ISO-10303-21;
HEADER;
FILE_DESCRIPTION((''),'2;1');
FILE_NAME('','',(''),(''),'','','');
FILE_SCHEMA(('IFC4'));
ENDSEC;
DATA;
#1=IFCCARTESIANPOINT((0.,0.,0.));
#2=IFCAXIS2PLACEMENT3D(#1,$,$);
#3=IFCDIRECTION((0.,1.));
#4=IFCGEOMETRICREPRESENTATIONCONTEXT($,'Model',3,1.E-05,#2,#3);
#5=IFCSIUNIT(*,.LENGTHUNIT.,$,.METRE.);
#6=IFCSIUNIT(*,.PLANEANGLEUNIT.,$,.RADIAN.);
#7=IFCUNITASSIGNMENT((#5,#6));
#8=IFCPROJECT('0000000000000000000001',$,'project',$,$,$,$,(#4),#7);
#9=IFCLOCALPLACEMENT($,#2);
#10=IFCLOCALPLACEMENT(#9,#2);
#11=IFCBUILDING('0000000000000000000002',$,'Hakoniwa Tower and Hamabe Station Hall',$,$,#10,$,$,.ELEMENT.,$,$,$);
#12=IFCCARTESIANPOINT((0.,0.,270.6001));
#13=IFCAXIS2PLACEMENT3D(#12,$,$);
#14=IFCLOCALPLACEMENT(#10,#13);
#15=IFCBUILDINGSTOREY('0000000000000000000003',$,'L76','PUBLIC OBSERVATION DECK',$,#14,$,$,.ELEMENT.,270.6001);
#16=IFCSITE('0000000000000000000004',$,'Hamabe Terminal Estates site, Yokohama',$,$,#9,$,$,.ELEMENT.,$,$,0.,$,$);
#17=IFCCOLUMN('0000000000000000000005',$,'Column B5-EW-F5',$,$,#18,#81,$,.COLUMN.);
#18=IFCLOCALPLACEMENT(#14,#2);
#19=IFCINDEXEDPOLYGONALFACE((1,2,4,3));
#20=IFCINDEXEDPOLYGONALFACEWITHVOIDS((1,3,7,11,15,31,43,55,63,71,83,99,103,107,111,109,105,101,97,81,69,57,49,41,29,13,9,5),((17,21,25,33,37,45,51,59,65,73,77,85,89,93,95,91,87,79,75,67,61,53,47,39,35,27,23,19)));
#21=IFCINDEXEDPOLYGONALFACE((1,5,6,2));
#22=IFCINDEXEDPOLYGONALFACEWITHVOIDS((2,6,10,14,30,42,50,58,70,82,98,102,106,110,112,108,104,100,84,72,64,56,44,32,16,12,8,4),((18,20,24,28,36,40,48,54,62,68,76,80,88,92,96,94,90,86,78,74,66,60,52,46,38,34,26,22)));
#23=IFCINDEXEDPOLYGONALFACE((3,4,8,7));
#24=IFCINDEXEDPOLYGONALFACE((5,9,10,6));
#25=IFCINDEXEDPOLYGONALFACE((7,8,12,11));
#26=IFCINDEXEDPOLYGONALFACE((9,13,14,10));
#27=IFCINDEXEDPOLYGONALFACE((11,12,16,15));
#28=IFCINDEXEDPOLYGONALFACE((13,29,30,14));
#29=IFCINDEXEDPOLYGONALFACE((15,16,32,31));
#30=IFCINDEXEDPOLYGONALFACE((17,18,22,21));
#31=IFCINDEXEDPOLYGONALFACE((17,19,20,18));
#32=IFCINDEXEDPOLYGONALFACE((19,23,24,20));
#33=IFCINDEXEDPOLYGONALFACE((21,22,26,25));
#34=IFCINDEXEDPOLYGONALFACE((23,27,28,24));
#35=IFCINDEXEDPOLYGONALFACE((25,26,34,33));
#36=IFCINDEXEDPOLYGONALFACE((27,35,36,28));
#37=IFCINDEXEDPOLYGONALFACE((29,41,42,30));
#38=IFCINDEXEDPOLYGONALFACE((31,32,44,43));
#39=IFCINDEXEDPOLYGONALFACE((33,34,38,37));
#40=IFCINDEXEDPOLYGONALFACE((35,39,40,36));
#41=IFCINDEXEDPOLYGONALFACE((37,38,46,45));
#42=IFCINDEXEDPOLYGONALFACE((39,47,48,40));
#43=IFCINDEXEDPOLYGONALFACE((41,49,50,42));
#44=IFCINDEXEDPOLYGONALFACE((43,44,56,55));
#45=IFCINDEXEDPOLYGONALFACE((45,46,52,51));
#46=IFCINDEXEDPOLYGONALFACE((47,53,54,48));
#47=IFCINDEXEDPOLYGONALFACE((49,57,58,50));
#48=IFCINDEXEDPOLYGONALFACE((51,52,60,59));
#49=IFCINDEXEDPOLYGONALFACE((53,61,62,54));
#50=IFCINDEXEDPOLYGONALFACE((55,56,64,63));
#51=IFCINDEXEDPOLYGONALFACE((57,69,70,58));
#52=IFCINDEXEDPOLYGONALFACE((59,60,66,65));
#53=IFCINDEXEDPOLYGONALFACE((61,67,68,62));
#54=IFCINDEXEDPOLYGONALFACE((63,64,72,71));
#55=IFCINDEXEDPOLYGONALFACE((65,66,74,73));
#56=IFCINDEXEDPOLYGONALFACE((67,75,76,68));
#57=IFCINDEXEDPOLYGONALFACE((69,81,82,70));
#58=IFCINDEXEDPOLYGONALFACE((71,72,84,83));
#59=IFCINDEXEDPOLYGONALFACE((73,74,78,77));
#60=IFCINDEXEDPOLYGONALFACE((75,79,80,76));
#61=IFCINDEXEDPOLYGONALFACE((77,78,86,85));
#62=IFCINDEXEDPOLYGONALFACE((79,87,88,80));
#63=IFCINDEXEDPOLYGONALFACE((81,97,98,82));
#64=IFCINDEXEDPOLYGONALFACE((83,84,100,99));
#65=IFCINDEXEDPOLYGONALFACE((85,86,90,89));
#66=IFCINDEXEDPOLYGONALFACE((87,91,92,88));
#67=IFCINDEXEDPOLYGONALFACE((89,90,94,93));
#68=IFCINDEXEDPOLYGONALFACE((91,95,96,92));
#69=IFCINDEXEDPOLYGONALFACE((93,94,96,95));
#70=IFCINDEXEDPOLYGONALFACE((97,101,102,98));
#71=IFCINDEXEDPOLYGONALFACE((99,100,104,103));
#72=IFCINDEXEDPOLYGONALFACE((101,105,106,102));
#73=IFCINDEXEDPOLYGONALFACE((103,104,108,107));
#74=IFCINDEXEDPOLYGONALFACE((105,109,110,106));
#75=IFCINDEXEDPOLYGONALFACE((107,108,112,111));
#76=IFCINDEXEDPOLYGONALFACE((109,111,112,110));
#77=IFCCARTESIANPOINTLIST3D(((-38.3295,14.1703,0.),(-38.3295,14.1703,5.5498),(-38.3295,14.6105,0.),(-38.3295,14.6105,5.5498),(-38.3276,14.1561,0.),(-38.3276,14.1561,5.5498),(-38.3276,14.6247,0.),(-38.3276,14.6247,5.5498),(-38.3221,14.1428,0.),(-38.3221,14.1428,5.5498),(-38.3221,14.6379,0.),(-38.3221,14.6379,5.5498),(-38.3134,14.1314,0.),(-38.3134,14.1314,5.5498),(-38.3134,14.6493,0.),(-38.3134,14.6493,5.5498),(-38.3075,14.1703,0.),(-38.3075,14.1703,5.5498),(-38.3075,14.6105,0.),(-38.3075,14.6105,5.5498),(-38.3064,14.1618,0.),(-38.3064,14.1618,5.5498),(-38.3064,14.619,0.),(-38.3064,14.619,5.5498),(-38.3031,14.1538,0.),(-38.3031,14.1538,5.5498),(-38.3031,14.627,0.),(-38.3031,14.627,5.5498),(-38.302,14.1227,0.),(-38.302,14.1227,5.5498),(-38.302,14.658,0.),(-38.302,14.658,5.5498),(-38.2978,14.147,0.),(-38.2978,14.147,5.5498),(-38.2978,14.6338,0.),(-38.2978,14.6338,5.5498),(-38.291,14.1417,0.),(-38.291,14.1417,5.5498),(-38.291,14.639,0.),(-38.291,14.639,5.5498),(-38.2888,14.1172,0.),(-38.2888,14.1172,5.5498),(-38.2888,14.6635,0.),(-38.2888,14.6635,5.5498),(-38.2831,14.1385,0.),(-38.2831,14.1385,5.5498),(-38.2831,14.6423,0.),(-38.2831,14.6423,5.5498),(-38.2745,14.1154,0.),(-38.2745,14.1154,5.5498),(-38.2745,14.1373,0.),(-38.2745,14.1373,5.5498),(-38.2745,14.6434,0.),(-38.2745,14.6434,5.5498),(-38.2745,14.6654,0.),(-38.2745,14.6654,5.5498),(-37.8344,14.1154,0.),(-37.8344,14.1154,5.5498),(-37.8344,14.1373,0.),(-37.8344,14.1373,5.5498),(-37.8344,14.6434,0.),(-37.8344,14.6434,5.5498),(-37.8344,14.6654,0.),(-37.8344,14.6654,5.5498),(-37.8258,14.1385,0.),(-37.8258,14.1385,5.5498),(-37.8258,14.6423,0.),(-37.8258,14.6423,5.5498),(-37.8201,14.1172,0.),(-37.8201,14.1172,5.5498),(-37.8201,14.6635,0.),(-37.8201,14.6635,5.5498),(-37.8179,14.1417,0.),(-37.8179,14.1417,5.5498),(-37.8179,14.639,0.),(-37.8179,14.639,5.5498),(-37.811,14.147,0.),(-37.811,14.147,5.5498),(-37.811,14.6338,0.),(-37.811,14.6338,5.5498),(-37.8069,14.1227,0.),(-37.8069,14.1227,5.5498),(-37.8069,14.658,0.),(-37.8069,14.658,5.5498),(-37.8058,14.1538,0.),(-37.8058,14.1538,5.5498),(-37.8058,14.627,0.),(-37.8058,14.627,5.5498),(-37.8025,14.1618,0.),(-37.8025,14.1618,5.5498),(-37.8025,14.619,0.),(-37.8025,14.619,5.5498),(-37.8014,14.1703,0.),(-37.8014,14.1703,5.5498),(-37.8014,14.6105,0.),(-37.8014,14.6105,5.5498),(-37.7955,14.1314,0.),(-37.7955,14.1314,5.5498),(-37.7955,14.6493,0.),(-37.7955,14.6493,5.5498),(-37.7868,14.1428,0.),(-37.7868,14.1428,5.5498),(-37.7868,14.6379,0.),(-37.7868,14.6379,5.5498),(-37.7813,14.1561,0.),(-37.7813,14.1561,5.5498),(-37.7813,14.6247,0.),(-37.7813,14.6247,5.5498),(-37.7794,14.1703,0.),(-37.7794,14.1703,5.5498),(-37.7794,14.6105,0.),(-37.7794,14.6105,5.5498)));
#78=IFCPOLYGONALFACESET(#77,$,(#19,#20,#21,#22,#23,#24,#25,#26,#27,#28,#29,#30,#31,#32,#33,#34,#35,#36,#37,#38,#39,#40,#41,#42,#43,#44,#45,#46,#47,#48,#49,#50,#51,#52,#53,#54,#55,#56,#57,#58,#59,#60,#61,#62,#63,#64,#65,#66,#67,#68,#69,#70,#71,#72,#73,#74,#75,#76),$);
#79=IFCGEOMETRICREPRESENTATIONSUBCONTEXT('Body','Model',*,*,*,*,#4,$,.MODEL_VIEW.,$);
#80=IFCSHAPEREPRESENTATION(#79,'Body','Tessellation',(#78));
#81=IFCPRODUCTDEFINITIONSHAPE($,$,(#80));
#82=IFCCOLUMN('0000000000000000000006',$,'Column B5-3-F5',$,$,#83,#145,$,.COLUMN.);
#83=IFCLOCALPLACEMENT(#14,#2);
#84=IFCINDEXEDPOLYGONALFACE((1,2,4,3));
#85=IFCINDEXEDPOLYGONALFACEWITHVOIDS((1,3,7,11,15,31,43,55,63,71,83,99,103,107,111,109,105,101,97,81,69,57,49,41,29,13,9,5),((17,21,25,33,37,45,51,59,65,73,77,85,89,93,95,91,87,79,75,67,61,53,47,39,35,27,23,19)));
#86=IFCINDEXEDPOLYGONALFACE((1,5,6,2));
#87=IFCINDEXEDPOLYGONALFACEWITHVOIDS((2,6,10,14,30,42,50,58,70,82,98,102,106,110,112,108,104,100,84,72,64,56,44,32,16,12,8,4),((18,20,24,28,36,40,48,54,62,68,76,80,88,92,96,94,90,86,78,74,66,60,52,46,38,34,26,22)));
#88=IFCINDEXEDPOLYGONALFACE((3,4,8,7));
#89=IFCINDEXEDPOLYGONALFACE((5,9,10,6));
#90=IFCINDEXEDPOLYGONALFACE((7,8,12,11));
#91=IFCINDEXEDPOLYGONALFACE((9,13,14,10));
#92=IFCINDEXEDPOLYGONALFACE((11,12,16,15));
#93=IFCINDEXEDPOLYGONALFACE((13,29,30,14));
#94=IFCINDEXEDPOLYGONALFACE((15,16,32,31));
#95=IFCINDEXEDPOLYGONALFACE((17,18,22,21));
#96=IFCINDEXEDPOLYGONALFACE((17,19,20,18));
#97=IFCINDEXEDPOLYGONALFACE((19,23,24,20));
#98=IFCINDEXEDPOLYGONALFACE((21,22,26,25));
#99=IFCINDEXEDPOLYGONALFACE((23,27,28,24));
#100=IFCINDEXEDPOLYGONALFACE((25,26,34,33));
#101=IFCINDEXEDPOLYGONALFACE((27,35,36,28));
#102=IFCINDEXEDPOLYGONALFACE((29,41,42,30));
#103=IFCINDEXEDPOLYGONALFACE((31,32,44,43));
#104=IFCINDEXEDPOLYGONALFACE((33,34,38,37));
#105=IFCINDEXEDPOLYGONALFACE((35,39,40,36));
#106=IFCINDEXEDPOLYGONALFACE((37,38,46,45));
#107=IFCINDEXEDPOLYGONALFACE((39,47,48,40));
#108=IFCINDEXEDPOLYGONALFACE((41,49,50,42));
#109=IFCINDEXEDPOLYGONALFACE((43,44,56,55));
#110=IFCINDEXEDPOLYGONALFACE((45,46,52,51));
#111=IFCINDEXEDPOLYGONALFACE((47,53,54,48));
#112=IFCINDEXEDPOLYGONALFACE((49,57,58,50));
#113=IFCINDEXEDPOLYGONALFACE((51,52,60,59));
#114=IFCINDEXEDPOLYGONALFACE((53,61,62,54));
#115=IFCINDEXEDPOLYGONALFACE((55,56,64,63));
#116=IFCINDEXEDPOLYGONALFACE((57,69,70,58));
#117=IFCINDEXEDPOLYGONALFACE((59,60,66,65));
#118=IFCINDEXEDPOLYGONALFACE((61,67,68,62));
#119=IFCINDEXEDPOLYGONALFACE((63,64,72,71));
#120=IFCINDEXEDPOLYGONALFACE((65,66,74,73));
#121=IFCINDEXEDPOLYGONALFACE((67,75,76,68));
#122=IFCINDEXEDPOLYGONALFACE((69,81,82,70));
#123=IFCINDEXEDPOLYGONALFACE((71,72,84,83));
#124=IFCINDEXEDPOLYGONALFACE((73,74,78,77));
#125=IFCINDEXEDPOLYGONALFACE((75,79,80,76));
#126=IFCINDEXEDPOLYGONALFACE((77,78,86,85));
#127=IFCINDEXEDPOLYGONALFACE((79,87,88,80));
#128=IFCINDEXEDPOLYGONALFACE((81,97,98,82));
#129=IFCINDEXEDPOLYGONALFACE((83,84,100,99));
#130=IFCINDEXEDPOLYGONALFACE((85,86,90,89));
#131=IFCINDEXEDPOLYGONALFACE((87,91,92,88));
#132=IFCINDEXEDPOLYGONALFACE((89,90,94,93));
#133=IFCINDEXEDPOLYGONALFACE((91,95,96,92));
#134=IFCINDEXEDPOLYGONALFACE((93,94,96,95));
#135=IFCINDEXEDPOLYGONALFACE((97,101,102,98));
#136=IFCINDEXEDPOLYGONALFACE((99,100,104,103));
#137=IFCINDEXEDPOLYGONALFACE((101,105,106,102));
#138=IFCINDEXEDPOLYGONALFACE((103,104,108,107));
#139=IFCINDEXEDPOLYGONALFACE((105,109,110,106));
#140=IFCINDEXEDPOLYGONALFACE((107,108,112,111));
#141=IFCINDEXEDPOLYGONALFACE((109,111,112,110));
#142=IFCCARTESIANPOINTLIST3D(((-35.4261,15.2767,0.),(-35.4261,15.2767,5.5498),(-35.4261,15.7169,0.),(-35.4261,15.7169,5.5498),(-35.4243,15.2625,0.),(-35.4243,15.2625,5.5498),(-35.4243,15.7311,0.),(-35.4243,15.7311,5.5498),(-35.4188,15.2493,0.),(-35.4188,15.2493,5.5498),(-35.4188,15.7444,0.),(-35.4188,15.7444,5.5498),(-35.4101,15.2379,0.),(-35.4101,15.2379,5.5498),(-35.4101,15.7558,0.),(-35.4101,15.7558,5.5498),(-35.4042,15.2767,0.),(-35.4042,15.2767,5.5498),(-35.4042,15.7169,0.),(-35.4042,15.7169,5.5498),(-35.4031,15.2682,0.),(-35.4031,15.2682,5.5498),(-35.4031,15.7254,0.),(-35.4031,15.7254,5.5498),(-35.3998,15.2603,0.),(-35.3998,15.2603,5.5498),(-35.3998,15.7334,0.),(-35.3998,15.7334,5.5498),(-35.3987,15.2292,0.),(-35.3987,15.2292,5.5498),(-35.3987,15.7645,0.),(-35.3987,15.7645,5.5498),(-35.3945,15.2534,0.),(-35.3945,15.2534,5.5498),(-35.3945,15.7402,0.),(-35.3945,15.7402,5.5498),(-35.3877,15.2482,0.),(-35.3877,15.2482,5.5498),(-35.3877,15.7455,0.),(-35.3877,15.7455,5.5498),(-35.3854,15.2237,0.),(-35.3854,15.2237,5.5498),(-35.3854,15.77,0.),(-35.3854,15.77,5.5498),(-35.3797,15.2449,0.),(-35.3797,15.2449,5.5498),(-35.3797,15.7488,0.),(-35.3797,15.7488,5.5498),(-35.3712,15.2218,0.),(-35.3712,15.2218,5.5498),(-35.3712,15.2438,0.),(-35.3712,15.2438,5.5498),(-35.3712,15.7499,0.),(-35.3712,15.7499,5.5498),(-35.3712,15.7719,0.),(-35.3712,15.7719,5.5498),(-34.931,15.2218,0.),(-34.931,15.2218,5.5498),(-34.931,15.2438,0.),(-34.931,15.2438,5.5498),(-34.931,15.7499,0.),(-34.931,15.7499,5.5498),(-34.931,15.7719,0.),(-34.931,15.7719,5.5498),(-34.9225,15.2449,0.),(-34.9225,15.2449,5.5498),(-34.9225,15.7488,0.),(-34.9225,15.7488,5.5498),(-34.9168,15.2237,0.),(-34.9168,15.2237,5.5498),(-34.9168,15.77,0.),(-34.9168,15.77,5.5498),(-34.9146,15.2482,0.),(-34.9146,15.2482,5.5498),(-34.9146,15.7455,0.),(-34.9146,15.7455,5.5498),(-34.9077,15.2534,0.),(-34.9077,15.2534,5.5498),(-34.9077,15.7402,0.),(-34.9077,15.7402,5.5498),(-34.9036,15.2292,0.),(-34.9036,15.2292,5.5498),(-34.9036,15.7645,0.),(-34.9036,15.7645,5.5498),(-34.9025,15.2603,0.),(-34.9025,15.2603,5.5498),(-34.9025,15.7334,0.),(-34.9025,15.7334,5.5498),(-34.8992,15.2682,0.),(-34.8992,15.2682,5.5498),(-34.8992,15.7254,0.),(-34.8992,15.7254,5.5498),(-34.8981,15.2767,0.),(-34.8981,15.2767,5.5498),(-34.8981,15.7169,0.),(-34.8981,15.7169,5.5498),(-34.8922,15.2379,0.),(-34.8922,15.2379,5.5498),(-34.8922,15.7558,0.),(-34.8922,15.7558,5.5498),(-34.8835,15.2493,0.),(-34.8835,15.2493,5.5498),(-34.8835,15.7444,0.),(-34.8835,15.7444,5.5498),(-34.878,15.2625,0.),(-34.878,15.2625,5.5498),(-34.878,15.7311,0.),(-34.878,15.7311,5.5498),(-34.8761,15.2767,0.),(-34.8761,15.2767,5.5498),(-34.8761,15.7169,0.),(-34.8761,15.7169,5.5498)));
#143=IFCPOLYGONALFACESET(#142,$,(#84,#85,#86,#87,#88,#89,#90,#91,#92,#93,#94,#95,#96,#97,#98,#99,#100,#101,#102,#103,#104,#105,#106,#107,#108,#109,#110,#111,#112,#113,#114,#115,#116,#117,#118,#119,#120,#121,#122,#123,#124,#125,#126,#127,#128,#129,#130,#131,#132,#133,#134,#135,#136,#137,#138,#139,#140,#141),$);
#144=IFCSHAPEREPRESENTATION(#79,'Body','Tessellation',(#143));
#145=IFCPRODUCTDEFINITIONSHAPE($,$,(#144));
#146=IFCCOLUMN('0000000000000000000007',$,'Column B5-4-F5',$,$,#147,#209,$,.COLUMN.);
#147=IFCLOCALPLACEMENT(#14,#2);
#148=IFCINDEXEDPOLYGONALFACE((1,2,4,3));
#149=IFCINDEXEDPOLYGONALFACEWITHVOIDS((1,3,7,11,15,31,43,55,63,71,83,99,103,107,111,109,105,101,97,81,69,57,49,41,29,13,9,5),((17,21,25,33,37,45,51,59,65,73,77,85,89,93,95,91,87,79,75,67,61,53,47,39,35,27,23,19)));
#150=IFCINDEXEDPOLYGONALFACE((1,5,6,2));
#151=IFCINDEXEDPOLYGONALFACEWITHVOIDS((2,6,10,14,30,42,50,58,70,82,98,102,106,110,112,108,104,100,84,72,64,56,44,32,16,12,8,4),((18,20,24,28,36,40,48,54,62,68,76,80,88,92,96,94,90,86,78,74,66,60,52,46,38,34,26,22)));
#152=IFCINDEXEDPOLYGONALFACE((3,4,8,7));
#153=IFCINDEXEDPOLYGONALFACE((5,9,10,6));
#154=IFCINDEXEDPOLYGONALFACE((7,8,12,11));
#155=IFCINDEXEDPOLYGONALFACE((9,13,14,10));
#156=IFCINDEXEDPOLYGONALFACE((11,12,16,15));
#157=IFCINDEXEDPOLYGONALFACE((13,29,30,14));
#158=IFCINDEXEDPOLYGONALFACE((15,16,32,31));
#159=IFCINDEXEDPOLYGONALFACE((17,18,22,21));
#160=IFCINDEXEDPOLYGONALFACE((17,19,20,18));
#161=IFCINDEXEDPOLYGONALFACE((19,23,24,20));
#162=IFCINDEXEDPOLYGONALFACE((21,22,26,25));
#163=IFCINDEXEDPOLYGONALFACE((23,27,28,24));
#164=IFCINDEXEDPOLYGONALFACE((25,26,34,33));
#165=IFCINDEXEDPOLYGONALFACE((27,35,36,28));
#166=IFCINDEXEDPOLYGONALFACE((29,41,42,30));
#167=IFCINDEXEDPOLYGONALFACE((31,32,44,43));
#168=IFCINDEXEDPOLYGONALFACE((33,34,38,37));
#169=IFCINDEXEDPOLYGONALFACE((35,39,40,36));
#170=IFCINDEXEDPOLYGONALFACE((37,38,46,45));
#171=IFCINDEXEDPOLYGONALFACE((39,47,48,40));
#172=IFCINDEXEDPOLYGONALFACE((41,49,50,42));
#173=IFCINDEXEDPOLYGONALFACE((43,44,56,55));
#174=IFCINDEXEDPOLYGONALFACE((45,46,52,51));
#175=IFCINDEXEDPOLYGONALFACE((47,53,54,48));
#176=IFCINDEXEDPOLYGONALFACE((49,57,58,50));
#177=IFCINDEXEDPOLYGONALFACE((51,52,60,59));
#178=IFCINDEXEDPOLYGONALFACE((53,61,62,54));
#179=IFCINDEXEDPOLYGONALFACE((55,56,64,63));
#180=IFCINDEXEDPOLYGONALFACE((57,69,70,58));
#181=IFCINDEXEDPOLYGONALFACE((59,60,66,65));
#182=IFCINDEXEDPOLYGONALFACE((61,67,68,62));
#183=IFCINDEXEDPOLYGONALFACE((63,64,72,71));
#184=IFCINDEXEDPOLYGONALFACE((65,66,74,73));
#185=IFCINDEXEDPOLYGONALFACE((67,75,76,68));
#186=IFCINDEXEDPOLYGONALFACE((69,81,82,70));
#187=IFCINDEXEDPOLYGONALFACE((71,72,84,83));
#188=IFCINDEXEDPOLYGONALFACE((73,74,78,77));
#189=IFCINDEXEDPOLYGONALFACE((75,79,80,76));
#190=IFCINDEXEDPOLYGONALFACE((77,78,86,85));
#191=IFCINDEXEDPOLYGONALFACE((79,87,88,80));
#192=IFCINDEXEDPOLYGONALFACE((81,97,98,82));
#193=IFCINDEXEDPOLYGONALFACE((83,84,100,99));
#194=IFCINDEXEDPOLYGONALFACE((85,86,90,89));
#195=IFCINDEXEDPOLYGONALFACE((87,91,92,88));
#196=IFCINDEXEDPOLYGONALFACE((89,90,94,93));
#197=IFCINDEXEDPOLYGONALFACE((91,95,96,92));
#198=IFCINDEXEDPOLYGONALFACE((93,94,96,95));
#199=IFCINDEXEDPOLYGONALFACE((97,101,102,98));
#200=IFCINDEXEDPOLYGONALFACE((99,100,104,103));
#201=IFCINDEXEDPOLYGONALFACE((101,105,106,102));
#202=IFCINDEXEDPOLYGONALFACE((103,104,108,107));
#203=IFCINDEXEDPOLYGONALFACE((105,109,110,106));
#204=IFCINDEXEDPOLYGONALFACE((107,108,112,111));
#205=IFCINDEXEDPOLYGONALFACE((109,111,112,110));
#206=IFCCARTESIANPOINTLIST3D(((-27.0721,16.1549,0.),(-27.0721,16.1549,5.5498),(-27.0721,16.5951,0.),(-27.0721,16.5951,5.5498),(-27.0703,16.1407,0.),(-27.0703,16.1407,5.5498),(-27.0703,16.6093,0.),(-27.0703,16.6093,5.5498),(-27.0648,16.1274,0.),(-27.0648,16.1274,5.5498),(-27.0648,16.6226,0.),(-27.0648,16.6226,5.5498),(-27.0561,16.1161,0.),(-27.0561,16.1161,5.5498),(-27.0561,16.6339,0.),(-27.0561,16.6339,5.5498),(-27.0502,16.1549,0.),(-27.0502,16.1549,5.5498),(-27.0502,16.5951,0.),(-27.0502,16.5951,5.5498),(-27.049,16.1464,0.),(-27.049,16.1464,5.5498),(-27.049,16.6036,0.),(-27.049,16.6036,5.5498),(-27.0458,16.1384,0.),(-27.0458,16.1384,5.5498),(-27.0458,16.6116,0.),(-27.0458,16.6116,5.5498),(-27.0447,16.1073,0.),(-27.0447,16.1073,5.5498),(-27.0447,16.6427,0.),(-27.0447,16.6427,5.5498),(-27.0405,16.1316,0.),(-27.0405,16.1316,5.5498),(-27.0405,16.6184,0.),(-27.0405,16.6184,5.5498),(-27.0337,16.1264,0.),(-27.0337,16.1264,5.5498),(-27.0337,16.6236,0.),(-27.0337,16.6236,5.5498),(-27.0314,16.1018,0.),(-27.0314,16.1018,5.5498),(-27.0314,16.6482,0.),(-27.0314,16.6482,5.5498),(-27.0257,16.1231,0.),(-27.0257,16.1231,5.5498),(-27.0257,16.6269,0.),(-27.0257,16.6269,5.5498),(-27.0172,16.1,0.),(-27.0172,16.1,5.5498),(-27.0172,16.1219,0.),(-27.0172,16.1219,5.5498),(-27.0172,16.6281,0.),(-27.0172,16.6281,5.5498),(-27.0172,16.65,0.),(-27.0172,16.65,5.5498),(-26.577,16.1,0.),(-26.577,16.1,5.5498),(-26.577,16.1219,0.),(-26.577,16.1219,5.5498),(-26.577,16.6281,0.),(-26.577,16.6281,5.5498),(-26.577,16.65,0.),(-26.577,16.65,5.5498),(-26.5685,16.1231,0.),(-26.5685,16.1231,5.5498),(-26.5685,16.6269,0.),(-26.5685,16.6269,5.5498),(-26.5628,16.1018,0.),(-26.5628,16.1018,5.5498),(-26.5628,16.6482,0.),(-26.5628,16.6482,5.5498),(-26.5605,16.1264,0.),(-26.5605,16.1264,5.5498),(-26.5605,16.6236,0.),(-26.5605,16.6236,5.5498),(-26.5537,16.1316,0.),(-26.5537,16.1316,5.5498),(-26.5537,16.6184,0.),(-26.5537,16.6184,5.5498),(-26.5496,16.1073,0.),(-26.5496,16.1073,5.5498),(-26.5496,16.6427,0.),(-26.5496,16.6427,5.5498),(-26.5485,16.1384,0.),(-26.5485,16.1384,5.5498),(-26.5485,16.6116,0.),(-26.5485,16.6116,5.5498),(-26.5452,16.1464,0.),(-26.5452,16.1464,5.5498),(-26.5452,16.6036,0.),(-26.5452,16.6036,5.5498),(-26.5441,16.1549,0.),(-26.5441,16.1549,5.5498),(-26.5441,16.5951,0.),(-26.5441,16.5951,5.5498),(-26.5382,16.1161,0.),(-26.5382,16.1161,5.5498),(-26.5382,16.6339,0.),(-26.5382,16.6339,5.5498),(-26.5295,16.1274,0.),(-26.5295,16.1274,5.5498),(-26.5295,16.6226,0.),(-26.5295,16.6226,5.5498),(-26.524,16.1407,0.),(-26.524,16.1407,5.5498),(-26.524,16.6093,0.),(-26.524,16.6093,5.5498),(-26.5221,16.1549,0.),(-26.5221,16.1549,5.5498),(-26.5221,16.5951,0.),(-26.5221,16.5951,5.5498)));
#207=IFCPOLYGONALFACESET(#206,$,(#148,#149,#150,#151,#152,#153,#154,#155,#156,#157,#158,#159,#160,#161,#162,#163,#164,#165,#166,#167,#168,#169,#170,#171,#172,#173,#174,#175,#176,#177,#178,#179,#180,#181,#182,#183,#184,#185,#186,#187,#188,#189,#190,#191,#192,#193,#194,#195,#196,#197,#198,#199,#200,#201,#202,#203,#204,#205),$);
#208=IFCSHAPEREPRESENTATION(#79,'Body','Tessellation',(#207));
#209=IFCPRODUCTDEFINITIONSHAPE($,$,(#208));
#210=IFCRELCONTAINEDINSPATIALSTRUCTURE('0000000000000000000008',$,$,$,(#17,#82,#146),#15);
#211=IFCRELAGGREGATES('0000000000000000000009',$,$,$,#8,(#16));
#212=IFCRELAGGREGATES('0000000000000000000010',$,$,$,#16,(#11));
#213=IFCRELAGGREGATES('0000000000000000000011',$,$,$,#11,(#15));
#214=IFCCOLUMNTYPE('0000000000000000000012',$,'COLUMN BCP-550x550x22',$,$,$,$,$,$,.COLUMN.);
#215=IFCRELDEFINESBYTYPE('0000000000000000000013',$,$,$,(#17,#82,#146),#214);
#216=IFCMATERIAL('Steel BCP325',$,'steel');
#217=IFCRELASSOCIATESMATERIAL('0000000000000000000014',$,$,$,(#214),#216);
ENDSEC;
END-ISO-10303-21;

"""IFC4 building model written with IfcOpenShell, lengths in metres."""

from ifc_helpers import new_model, si_unit, direction, frame, origin, origin_2d, place, context, subcontext, project, spatial, hollow_rectangle, extrude, material, material_profile, profile_set, type_object, element, save


model = new_model("IFC4")

# Units and contexts
model_context = context("Model", 3, precision=1e-05, world=origin(), true_north=direction((0.0, 1.0)))
body_context = subcontext(model_context, "Body", "Model", "MODEL_VIEW")
ifc_project = project(units=[si_unit("LENGTHUNIT", "METRE"), si_unit("PLANEANGLEUNIT", "RADIAN")], contexts=[model_context])

# Site, building, storey
site_placement = place(None, origin())
site = spatial("IfcSite", under=ifc_project, at=site_placement, Name="Hamabe Terminal Estates site, Yokohama", CompositionType="ELEMENT", RefElevation=0.0)
building_placement = place(site_placement, origin())
building = spatial("IfcBuilding", under=site, at=building_placement, Name="Hakoniwa Tower and Hamabe Station Hall", CompositionType="ELEMENT")
storey_placement = place(building_placement, frame((0.0, 0.0, 270.6001)))
storey = spatial("IfcBuildingStorey", under=building, at=storey_placement, Name="L76", Description="PUBLIC OBSERVATION DECK", CompositionType="ELEMENT", Elevation=270.6001)

# Columns
ifc_material_1 = material(Name="Steel BCP325", Category="steel")
ifc_material_profile_1 = material_profile(ifc_material_1, hollow_rectangle(XDim=0.55, YDim=0.55, WallThickness=0.022, InnerFilletRadius=0.033, OuterFilletRadius=0.0549, at=origin_2d()), Name="BCP-550x550x22")
ifc_profile_set_1 = profile_set([ifc_material_profile_1], Name="Steel BCP325")
column_type = type_object("IfcColumnType", Name="COLUMN BCP-550x550x22", PredefinedType="COLUMN", material=ifc_profile_set_1)
for number, where, z_axis, x_axis, name in (
    (1, (-38.0544, 14.3904, 0.0), (0.0, 0.0, 1.0), (1.0, 0.0, 0.0), "Column B5-EW-F5"),
    (2, (-35.1511, 15.4968, 0.0), (0.0, 0.0, 1.0), (1.0, 0.0, 0.0), "Column B5-3-F5"),
    (3, (-26.7971, 16.375, 0.0), (0.0, 0.0, 1.0), (1.0, 0.0, 0.0), "Column B5-4-F5"),
):
    element("IfcColumn", number, at=place(storey_placement, frame(where, z_axis=z_axis, x_axis=x_axis)), inside=storey, type_object=column_type, Name=name, PredefinedType="COLUMN", context=body_context, shape_type="SweptSolid", body=[
        extrude(hollow_rectangle(XDim=0.55, YDim=0.55, WallThickness=0.022, InnerFilletRadius=0.033, OuterFilletRadius=0.0549, at=origin_2d()), origin(), (0.0, 0.0, 1.0), 5.5498),
    ])

save(model, "model.ifc")
